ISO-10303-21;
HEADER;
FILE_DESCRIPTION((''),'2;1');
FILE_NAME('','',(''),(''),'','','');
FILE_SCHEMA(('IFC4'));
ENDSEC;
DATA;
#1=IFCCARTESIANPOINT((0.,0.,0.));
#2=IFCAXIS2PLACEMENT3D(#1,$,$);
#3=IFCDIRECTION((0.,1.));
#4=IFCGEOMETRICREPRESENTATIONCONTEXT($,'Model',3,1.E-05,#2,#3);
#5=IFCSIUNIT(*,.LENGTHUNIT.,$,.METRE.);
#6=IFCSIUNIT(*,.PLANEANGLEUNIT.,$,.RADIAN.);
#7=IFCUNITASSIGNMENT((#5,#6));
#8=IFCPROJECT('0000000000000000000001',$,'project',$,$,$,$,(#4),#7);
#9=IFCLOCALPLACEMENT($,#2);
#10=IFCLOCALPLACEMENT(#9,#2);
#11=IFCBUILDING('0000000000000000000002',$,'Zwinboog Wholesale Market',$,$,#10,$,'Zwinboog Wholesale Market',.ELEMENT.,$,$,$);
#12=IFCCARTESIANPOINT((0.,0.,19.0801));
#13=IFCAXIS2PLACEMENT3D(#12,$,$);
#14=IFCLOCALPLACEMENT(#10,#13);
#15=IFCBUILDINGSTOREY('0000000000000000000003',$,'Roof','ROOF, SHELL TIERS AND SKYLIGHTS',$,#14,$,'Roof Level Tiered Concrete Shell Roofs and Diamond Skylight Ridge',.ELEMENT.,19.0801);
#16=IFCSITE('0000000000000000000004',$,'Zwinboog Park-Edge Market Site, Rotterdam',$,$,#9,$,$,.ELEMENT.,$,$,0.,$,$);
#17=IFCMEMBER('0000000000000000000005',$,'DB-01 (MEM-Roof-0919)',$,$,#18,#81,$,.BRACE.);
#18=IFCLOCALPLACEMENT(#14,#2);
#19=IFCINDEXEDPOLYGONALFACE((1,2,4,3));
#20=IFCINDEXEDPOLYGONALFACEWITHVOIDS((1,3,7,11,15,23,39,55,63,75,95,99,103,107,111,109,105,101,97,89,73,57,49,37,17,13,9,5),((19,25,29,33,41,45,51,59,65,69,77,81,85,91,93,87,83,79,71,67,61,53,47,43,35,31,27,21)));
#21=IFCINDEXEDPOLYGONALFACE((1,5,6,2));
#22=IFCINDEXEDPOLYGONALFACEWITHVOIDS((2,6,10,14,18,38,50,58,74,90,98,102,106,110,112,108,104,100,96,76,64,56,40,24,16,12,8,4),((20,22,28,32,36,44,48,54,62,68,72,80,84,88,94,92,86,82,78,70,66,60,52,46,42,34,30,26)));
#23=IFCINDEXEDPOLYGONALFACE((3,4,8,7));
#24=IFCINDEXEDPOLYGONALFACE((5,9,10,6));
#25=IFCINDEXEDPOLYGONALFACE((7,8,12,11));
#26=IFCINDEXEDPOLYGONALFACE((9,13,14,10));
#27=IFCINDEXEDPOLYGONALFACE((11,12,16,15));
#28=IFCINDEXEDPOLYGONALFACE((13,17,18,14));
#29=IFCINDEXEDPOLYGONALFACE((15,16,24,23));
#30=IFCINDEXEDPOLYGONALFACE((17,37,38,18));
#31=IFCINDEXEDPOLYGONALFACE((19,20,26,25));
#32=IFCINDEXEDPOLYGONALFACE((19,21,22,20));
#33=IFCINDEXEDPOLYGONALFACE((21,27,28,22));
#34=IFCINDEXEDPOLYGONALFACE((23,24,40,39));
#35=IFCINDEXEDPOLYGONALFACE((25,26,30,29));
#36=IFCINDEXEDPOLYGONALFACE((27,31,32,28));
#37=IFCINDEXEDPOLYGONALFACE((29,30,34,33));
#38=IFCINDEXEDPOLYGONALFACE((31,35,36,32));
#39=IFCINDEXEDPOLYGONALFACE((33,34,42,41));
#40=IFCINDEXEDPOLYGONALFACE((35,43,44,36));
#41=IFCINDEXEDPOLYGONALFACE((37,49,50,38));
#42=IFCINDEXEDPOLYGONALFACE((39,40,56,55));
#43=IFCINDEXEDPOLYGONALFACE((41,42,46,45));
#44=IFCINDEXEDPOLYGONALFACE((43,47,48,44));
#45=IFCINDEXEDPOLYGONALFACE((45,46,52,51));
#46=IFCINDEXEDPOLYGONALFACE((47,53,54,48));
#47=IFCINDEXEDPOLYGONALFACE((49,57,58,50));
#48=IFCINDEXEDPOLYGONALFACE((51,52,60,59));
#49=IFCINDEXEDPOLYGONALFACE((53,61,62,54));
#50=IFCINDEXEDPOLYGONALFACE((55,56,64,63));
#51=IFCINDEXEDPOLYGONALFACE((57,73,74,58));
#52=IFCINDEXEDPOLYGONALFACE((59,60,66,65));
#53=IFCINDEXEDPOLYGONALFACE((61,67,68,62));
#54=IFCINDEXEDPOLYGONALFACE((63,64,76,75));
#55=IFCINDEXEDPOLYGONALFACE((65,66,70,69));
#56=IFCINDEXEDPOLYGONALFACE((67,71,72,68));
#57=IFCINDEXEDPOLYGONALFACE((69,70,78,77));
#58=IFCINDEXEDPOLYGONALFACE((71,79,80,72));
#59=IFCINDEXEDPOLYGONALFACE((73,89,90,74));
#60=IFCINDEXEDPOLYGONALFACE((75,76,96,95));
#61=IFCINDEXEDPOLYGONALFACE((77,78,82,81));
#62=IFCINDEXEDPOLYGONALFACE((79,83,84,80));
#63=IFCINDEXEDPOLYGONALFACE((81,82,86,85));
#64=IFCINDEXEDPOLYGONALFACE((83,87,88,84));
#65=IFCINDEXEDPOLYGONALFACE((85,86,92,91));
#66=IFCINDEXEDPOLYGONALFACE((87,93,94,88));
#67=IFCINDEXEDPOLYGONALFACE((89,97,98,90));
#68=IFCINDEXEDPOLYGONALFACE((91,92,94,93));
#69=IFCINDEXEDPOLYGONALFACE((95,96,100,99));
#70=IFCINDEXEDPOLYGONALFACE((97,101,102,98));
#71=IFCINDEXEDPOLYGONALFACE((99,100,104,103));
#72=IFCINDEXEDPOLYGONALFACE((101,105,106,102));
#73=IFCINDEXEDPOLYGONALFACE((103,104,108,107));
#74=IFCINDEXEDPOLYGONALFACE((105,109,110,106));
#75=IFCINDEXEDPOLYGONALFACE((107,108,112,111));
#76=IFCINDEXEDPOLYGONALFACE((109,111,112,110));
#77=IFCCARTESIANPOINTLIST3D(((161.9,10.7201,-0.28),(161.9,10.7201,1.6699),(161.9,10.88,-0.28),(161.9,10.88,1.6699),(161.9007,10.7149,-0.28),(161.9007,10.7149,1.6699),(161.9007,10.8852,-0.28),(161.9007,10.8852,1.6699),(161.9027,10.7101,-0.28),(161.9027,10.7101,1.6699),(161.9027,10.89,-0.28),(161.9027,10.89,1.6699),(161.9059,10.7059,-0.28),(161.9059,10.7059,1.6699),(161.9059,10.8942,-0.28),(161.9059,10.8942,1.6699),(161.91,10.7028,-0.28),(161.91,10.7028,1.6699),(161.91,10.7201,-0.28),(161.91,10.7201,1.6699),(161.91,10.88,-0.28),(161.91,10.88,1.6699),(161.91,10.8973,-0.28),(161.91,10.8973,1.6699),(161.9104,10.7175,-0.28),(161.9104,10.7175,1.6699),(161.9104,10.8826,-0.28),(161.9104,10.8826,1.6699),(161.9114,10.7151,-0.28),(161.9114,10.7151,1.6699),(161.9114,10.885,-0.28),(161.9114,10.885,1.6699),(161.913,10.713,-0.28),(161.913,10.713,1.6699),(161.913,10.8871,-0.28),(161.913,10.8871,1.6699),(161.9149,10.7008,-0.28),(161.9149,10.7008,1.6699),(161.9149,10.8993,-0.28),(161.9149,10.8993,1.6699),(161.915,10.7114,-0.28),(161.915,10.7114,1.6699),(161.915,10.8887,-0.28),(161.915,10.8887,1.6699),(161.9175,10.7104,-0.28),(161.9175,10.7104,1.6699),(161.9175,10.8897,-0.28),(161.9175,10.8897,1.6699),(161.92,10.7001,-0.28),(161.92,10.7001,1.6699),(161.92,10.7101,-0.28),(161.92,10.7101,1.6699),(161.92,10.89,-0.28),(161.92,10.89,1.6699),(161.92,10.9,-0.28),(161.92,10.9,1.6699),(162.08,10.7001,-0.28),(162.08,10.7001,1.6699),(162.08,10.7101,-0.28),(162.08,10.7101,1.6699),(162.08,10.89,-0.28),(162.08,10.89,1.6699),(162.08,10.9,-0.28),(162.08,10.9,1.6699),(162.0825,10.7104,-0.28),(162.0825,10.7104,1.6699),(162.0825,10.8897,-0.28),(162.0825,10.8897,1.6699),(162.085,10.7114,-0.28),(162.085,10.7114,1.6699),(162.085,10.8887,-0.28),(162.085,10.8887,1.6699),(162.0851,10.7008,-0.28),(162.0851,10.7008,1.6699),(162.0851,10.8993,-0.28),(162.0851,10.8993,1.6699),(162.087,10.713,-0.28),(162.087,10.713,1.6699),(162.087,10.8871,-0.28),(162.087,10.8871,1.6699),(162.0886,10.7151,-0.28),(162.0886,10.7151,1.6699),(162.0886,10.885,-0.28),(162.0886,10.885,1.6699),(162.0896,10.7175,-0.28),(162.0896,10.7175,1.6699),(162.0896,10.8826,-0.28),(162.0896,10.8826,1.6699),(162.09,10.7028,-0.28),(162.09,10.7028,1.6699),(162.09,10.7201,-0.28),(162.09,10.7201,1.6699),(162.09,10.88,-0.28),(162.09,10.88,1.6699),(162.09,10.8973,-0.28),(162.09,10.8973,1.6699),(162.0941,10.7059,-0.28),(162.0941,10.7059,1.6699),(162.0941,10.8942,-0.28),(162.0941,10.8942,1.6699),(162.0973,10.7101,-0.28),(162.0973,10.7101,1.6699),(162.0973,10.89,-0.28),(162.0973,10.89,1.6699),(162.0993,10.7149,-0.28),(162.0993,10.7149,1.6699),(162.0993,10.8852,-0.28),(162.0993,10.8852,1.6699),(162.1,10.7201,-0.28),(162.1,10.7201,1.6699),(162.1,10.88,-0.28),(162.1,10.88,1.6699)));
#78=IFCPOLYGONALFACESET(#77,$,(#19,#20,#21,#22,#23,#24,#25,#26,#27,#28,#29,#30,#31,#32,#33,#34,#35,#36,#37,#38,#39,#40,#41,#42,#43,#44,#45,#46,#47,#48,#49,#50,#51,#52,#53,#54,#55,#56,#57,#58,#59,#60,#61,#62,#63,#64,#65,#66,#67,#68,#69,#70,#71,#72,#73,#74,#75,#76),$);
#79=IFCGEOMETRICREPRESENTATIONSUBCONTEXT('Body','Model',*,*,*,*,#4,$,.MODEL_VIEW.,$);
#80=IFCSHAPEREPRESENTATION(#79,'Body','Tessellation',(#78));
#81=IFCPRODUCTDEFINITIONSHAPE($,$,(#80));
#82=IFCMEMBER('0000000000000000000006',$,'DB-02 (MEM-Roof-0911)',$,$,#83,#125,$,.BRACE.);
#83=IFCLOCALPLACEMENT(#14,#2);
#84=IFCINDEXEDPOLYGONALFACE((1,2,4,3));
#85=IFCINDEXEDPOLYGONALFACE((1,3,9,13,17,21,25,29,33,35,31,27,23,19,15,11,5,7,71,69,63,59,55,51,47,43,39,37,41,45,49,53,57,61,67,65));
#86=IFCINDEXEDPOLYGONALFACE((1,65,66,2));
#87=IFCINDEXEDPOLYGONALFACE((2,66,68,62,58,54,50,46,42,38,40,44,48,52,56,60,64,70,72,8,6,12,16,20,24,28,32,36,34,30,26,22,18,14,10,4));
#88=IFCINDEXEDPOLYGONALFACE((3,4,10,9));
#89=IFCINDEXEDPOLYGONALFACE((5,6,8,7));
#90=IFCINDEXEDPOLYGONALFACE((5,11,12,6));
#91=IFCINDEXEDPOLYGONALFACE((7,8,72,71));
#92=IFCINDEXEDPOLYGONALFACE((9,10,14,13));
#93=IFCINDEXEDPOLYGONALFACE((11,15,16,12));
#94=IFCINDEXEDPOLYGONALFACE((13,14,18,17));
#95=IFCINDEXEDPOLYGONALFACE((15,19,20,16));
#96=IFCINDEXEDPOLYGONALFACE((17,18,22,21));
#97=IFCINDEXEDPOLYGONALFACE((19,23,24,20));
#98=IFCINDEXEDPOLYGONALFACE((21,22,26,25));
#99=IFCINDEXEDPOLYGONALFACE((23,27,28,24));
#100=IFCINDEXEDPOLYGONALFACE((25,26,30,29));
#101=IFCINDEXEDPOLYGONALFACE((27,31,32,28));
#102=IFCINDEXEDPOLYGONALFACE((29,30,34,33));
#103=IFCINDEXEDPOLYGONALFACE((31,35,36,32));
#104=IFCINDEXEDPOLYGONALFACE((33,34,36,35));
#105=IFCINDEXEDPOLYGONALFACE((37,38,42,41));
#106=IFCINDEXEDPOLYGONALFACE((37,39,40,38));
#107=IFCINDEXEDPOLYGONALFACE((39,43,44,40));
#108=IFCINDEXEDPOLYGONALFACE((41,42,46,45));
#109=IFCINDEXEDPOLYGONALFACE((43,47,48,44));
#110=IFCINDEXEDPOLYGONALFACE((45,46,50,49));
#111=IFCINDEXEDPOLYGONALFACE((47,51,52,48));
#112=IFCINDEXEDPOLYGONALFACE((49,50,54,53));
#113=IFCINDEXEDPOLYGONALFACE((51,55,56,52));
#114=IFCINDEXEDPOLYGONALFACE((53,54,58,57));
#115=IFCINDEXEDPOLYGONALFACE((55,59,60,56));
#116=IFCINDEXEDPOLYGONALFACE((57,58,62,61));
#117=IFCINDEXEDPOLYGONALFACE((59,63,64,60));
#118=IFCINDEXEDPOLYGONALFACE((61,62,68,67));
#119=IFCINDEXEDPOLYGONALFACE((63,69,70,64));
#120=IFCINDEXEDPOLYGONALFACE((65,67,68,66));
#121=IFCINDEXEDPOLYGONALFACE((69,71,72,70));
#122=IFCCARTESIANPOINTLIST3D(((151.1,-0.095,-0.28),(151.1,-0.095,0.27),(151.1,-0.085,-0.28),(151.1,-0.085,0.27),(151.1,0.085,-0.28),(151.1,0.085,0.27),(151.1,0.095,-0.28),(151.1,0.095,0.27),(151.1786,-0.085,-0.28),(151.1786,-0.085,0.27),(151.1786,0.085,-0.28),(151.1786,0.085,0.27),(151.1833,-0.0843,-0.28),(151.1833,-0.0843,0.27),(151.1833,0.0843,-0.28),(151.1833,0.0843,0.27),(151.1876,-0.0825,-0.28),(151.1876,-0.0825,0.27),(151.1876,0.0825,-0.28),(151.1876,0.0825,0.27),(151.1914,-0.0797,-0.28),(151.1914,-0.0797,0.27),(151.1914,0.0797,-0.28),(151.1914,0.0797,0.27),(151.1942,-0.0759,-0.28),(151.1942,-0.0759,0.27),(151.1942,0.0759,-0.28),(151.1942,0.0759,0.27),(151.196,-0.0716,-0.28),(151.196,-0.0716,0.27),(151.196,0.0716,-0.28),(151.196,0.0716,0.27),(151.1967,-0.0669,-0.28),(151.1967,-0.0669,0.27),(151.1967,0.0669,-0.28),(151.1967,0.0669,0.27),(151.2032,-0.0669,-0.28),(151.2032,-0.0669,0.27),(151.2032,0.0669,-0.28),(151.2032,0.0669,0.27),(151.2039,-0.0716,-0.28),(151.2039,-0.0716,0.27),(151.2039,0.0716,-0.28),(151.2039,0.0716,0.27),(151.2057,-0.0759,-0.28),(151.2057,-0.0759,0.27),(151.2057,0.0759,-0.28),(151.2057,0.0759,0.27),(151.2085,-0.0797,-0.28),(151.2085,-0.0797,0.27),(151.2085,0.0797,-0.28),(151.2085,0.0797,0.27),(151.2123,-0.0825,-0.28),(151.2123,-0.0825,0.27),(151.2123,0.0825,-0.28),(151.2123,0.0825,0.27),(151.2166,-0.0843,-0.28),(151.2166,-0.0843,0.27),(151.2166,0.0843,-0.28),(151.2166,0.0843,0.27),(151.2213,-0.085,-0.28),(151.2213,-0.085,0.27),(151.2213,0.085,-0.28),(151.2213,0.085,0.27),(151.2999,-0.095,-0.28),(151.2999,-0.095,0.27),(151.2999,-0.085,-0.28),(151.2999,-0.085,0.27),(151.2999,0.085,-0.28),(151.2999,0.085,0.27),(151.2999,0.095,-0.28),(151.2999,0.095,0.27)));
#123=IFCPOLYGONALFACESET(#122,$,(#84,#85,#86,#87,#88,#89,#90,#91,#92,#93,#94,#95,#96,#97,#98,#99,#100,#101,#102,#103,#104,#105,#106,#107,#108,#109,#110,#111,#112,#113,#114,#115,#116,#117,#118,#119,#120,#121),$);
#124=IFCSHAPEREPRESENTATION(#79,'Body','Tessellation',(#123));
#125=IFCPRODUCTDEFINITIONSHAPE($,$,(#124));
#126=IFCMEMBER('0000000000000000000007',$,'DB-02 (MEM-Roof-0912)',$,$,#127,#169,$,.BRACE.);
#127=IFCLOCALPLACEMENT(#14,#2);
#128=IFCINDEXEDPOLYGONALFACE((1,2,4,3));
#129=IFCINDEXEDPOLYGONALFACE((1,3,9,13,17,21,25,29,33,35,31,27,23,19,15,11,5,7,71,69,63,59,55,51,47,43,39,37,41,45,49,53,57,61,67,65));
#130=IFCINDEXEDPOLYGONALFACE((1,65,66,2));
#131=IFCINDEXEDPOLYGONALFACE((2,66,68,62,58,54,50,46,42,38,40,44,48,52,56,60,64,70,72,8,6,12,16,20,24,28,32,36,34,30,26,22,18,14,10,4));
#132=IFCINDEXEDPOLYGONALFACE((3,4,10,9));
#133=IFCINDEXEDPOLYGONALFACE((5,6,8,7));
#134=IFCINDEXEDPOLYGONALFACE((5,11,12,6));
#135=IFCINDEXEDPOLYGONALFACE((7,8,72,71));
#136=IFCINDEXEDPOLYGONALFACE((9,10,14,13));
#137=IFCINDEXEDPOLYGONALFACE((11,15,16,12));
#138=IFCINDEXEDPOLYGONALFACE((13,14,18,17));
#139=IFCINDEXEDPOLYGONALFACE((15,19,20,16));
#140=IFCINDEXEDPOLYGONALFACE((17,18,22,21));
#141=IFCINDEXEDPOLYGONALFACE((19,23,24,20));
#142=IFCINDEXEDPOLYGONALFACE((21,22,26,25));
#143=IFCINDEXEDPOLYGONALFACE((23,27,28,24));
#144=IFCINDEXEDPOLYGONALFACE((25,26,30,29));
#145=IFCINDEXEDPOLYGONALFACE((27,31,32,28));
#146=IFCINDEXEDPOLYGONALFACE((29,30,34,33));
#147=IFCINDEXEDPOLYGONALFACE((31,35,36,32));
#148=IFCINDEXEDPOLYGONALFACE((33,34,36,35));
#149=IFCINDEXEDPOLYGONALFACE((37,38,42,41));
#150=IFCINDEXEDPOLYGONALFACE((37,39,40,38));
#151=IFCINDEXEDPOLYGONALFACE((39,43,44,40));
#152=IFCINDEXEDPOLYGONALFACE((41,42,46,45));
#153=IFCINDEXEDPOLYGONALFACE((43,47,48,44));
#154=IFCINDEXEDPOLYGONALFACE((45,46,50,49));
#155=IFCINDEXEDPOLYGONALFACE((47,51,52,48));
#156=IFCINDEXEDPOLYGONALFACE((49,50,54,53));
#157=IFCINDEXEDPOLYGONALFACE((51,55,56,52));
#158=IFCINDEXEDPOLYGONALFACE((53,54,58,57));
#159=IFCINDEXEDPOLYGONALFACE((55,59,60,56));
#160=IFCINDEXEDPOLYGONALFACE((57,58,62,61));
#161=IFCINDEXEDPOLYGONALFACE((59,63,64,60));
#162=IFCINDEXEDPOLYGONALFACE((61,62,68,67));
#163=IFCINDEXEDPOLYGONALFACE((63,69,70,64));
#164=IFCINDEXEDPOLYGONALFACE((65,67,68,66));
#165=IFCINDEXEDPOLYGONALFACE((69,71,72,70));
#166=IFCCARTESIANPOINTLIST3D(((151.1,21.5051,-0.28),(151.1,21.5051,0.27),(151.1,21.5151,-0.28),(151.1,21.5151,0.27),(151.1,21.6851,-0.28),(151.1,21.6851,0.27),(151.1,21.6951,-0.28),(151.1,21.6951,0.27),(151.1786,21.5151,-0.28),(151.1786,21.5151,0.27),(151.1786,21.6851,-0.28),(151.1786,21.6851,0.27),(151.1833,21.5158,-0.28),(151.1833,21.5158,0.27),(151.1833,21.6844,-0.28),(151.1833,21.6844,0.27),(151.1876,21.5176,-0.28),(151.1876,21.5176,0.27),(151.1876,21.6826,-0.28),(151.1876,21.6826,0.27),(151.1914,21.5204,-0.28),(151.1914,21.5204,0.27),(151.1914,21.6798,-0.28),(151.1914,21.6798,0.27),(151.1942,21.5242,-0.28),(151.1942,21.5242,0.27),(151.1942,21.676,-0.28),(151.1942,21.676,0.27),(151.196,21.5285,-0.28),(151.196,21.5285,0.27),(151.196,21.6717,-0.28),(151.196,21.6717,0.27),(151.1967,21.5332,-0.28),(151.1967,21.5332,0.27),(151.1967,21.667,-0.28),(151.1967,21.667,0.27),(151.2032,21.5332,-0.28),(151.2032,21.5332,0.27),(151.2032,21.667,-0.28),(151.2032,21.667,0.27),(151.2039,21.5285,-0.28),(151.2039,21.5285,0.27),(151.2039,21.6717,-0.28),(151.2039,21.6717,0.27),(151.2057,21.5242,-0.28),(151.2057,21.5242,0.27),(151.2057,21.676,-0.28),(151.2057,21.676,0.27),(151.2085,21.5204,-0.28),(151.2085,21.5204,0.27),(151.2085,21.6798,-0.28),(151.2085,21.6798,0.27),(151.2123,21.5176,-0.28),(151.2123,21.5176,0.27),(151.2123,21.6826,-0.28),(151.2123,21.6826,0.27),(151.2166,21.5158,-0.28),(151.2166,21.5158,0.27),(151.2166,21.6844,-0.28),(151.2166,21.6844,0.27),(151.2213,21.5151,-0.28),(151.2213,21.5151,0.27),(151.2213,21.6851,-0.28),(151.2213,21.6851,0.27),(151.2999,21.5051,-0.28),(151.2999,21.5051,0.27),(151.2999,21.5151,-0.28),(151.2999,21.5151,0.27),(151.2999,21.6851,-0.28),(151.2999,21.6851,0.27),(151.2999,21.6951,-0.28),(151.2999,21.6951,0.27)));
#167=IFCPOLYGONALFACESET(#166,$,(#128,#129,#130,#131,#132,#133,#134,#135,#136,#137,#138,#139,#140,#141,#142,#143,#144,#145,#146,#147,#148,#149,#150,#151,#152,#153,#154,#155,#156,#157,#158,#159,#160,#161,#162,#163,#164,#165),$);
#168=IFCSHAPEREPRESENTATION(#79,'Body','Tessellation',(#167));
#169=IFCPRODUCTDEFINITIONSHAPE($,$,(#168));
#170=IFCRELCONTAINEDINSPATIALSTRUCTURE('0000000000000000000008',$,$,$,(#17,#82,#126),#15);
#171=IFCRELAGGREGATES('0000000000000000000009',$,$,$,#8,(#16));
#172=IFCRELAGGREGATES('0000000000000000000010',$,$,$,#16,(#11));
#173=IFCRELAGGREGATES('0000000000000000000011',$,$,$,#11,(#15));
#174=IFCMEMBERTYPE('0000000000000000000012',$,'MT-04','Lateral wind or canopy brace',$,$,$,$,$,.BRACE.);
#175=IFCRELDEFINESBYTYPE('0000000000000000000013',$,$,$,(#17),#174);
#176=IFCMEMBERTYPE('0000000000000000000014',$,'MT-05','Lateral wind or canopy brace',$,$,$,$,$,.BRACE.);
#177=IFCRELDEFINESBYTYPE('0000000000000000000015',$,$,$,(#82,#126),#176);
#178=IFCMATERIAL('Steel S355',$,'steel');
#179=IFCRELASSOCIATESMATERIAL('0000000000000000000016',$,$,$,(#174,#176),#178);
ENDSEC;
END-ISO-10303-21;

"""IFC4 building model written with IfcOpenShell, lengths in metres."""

from ifc_helpers import new_model, si_unit, direction, frame, origin, origin_2d, place, context, subcontext, project, spatial, hollow_rectangle, i_section, extrude, material, material_profile, profile_set, type_object, element, save


model = new_model("IFC4")

# Units and contexts
model_context = context("Model", 3, precision=1e-05, world=origin(), true_north=direction((0.0, 1.0)))
body_context = subcontext(model_context, "Body", "Model", "MODEL_VIEW")
ifc_project = project(units=[si_unit("LENGTHUNIT", "METRE"), si_unit("PLANEANGLEUNIT", "RADIAN")], contexts=[model_context])

# Site, building, storey
site_placement = place(None, origin())
site = spatial("IfcSite", under=ifc_project, at=site_placement, Name="Zwinboog Park-Edge Market Site, Rotterdam", CompositionType="ELEMENT", RefElevation=0.0)
building_placement = place(site_placement, origin())
building = spatial("IfcBuilding", under=site, at=building_placement, Name="Zwinboog Wholesale Market", LongName="Zwinboog Wholesale Market", CompositionType="ELEMENT")
storey_placement = place(building_placement, frame((0.0, 0.0, 19.0801)))
storey = spatial("IfcBuildingStorey", under=building, at=storey_placement, Name="Roof", Description="ROOF, SHELL TIERS AND SKYLIGHTS", LongName="Roof Level Tiered Concrete Shell Roofs and Diamond Skylight Ridge", CompositionType="ELEMENT", Elevation=19.0801)

# Members
ifc_material_1 = material(Name="Steel S355", Category="steel")
ifc_material_profile_1 = material_profile(ifc_material_1, hollow_rectangle(XDim=0.2, YDim=0.2, WallThickness=0.01, InnerFilletRadius=0.01, OuterFilletRadius=0.02, at=origin_2d()), Name="SHS 200x200x10")
ifc_profile_set_1 = profile_set([ifc_material_profile_1], Name="Steel S355")
member_type_1 = type_object("IfcMemberType", Name="MT-04", Description="Lateral wind or canopy brace", PredefinedType="BRACE", material=ifc_profile_set_1)
for number, where, z_axis, x_axis, name in (
    (1, (162.0, 10.8, -0.28), (0.0, 0.0, 1.0), (1.0, 0.0, 0.0), "DB-01 (MEM-Roof-0919)"),
):
    element("IfcMember", number, at=place(storey_placement, frame(where, z_axis=z_axis, x_axis=x_axis)), inside=storey, type_object=member_type_1, Name=name, PredefinedType="BRACE", context=body_context, shape_type="SweptSolid", body=[
        extrude(hollow_rectangle(XDim=0.2, YDim=0.2, WallThickness=0.01, InnerFilletRadius=0.01, OuterFilletRadius=0.02, at=origin_2d()), origin(), (0.0, 0.0, 1.0), 1.95),
    ])
ifc_material_profile_2 = material_profile(ifc_material_1, i_section(OverallWidth=0.2, OverallDepth=0.1899, WebThickness=0.0066, FlangeThickness=0.01, FilletRadius=0.0181, at=origin_2d()), Name="HEA 200")
ifc_profile_set_2 = profile_set([ifc_material_profile_2], Name="Steel S355")
member_type_2 = type_object("IfcMemberType", Name="MT-05", Description="Lateral wind or canopy brace", PredefinedType="BRACE", material=ifc_profile_set_2)
for number, where, z_axis, x_axis, name in (
    (2, (151.2, 0.0, -0.28), (0.0, 0.0, 1.0), (1.0, 0.0, 0.0), "DB-02 (MEM-Roof-0911)"),
    (3, (151.2, 21.6001, -0.28), (0.0, 0.0, 1.0), (1.0, 0.0, 0.0), "DB-02 (MEM-Roof-0912)"),
):
    element("IfcMember", number, at=place(storey_placement, frame(where, z_axis=z_axis, x_axis=x_axis)), inside=storey, type_object=member_type_2, Name=name, PredefinedType="BRACE", context=body_context, shape_type="SweptSolid", body=[
        extrude(i_section(OverallWidth=0.2, OverallDepth=0.1899, WebThickness=0.0066, FlangeThickness=0.01, FilletRadius=0.0181, at=origin_2d()), origin(), (0.0, 0.0, 1.0), 0.55),
    ])

save(model, "model.ifc")
